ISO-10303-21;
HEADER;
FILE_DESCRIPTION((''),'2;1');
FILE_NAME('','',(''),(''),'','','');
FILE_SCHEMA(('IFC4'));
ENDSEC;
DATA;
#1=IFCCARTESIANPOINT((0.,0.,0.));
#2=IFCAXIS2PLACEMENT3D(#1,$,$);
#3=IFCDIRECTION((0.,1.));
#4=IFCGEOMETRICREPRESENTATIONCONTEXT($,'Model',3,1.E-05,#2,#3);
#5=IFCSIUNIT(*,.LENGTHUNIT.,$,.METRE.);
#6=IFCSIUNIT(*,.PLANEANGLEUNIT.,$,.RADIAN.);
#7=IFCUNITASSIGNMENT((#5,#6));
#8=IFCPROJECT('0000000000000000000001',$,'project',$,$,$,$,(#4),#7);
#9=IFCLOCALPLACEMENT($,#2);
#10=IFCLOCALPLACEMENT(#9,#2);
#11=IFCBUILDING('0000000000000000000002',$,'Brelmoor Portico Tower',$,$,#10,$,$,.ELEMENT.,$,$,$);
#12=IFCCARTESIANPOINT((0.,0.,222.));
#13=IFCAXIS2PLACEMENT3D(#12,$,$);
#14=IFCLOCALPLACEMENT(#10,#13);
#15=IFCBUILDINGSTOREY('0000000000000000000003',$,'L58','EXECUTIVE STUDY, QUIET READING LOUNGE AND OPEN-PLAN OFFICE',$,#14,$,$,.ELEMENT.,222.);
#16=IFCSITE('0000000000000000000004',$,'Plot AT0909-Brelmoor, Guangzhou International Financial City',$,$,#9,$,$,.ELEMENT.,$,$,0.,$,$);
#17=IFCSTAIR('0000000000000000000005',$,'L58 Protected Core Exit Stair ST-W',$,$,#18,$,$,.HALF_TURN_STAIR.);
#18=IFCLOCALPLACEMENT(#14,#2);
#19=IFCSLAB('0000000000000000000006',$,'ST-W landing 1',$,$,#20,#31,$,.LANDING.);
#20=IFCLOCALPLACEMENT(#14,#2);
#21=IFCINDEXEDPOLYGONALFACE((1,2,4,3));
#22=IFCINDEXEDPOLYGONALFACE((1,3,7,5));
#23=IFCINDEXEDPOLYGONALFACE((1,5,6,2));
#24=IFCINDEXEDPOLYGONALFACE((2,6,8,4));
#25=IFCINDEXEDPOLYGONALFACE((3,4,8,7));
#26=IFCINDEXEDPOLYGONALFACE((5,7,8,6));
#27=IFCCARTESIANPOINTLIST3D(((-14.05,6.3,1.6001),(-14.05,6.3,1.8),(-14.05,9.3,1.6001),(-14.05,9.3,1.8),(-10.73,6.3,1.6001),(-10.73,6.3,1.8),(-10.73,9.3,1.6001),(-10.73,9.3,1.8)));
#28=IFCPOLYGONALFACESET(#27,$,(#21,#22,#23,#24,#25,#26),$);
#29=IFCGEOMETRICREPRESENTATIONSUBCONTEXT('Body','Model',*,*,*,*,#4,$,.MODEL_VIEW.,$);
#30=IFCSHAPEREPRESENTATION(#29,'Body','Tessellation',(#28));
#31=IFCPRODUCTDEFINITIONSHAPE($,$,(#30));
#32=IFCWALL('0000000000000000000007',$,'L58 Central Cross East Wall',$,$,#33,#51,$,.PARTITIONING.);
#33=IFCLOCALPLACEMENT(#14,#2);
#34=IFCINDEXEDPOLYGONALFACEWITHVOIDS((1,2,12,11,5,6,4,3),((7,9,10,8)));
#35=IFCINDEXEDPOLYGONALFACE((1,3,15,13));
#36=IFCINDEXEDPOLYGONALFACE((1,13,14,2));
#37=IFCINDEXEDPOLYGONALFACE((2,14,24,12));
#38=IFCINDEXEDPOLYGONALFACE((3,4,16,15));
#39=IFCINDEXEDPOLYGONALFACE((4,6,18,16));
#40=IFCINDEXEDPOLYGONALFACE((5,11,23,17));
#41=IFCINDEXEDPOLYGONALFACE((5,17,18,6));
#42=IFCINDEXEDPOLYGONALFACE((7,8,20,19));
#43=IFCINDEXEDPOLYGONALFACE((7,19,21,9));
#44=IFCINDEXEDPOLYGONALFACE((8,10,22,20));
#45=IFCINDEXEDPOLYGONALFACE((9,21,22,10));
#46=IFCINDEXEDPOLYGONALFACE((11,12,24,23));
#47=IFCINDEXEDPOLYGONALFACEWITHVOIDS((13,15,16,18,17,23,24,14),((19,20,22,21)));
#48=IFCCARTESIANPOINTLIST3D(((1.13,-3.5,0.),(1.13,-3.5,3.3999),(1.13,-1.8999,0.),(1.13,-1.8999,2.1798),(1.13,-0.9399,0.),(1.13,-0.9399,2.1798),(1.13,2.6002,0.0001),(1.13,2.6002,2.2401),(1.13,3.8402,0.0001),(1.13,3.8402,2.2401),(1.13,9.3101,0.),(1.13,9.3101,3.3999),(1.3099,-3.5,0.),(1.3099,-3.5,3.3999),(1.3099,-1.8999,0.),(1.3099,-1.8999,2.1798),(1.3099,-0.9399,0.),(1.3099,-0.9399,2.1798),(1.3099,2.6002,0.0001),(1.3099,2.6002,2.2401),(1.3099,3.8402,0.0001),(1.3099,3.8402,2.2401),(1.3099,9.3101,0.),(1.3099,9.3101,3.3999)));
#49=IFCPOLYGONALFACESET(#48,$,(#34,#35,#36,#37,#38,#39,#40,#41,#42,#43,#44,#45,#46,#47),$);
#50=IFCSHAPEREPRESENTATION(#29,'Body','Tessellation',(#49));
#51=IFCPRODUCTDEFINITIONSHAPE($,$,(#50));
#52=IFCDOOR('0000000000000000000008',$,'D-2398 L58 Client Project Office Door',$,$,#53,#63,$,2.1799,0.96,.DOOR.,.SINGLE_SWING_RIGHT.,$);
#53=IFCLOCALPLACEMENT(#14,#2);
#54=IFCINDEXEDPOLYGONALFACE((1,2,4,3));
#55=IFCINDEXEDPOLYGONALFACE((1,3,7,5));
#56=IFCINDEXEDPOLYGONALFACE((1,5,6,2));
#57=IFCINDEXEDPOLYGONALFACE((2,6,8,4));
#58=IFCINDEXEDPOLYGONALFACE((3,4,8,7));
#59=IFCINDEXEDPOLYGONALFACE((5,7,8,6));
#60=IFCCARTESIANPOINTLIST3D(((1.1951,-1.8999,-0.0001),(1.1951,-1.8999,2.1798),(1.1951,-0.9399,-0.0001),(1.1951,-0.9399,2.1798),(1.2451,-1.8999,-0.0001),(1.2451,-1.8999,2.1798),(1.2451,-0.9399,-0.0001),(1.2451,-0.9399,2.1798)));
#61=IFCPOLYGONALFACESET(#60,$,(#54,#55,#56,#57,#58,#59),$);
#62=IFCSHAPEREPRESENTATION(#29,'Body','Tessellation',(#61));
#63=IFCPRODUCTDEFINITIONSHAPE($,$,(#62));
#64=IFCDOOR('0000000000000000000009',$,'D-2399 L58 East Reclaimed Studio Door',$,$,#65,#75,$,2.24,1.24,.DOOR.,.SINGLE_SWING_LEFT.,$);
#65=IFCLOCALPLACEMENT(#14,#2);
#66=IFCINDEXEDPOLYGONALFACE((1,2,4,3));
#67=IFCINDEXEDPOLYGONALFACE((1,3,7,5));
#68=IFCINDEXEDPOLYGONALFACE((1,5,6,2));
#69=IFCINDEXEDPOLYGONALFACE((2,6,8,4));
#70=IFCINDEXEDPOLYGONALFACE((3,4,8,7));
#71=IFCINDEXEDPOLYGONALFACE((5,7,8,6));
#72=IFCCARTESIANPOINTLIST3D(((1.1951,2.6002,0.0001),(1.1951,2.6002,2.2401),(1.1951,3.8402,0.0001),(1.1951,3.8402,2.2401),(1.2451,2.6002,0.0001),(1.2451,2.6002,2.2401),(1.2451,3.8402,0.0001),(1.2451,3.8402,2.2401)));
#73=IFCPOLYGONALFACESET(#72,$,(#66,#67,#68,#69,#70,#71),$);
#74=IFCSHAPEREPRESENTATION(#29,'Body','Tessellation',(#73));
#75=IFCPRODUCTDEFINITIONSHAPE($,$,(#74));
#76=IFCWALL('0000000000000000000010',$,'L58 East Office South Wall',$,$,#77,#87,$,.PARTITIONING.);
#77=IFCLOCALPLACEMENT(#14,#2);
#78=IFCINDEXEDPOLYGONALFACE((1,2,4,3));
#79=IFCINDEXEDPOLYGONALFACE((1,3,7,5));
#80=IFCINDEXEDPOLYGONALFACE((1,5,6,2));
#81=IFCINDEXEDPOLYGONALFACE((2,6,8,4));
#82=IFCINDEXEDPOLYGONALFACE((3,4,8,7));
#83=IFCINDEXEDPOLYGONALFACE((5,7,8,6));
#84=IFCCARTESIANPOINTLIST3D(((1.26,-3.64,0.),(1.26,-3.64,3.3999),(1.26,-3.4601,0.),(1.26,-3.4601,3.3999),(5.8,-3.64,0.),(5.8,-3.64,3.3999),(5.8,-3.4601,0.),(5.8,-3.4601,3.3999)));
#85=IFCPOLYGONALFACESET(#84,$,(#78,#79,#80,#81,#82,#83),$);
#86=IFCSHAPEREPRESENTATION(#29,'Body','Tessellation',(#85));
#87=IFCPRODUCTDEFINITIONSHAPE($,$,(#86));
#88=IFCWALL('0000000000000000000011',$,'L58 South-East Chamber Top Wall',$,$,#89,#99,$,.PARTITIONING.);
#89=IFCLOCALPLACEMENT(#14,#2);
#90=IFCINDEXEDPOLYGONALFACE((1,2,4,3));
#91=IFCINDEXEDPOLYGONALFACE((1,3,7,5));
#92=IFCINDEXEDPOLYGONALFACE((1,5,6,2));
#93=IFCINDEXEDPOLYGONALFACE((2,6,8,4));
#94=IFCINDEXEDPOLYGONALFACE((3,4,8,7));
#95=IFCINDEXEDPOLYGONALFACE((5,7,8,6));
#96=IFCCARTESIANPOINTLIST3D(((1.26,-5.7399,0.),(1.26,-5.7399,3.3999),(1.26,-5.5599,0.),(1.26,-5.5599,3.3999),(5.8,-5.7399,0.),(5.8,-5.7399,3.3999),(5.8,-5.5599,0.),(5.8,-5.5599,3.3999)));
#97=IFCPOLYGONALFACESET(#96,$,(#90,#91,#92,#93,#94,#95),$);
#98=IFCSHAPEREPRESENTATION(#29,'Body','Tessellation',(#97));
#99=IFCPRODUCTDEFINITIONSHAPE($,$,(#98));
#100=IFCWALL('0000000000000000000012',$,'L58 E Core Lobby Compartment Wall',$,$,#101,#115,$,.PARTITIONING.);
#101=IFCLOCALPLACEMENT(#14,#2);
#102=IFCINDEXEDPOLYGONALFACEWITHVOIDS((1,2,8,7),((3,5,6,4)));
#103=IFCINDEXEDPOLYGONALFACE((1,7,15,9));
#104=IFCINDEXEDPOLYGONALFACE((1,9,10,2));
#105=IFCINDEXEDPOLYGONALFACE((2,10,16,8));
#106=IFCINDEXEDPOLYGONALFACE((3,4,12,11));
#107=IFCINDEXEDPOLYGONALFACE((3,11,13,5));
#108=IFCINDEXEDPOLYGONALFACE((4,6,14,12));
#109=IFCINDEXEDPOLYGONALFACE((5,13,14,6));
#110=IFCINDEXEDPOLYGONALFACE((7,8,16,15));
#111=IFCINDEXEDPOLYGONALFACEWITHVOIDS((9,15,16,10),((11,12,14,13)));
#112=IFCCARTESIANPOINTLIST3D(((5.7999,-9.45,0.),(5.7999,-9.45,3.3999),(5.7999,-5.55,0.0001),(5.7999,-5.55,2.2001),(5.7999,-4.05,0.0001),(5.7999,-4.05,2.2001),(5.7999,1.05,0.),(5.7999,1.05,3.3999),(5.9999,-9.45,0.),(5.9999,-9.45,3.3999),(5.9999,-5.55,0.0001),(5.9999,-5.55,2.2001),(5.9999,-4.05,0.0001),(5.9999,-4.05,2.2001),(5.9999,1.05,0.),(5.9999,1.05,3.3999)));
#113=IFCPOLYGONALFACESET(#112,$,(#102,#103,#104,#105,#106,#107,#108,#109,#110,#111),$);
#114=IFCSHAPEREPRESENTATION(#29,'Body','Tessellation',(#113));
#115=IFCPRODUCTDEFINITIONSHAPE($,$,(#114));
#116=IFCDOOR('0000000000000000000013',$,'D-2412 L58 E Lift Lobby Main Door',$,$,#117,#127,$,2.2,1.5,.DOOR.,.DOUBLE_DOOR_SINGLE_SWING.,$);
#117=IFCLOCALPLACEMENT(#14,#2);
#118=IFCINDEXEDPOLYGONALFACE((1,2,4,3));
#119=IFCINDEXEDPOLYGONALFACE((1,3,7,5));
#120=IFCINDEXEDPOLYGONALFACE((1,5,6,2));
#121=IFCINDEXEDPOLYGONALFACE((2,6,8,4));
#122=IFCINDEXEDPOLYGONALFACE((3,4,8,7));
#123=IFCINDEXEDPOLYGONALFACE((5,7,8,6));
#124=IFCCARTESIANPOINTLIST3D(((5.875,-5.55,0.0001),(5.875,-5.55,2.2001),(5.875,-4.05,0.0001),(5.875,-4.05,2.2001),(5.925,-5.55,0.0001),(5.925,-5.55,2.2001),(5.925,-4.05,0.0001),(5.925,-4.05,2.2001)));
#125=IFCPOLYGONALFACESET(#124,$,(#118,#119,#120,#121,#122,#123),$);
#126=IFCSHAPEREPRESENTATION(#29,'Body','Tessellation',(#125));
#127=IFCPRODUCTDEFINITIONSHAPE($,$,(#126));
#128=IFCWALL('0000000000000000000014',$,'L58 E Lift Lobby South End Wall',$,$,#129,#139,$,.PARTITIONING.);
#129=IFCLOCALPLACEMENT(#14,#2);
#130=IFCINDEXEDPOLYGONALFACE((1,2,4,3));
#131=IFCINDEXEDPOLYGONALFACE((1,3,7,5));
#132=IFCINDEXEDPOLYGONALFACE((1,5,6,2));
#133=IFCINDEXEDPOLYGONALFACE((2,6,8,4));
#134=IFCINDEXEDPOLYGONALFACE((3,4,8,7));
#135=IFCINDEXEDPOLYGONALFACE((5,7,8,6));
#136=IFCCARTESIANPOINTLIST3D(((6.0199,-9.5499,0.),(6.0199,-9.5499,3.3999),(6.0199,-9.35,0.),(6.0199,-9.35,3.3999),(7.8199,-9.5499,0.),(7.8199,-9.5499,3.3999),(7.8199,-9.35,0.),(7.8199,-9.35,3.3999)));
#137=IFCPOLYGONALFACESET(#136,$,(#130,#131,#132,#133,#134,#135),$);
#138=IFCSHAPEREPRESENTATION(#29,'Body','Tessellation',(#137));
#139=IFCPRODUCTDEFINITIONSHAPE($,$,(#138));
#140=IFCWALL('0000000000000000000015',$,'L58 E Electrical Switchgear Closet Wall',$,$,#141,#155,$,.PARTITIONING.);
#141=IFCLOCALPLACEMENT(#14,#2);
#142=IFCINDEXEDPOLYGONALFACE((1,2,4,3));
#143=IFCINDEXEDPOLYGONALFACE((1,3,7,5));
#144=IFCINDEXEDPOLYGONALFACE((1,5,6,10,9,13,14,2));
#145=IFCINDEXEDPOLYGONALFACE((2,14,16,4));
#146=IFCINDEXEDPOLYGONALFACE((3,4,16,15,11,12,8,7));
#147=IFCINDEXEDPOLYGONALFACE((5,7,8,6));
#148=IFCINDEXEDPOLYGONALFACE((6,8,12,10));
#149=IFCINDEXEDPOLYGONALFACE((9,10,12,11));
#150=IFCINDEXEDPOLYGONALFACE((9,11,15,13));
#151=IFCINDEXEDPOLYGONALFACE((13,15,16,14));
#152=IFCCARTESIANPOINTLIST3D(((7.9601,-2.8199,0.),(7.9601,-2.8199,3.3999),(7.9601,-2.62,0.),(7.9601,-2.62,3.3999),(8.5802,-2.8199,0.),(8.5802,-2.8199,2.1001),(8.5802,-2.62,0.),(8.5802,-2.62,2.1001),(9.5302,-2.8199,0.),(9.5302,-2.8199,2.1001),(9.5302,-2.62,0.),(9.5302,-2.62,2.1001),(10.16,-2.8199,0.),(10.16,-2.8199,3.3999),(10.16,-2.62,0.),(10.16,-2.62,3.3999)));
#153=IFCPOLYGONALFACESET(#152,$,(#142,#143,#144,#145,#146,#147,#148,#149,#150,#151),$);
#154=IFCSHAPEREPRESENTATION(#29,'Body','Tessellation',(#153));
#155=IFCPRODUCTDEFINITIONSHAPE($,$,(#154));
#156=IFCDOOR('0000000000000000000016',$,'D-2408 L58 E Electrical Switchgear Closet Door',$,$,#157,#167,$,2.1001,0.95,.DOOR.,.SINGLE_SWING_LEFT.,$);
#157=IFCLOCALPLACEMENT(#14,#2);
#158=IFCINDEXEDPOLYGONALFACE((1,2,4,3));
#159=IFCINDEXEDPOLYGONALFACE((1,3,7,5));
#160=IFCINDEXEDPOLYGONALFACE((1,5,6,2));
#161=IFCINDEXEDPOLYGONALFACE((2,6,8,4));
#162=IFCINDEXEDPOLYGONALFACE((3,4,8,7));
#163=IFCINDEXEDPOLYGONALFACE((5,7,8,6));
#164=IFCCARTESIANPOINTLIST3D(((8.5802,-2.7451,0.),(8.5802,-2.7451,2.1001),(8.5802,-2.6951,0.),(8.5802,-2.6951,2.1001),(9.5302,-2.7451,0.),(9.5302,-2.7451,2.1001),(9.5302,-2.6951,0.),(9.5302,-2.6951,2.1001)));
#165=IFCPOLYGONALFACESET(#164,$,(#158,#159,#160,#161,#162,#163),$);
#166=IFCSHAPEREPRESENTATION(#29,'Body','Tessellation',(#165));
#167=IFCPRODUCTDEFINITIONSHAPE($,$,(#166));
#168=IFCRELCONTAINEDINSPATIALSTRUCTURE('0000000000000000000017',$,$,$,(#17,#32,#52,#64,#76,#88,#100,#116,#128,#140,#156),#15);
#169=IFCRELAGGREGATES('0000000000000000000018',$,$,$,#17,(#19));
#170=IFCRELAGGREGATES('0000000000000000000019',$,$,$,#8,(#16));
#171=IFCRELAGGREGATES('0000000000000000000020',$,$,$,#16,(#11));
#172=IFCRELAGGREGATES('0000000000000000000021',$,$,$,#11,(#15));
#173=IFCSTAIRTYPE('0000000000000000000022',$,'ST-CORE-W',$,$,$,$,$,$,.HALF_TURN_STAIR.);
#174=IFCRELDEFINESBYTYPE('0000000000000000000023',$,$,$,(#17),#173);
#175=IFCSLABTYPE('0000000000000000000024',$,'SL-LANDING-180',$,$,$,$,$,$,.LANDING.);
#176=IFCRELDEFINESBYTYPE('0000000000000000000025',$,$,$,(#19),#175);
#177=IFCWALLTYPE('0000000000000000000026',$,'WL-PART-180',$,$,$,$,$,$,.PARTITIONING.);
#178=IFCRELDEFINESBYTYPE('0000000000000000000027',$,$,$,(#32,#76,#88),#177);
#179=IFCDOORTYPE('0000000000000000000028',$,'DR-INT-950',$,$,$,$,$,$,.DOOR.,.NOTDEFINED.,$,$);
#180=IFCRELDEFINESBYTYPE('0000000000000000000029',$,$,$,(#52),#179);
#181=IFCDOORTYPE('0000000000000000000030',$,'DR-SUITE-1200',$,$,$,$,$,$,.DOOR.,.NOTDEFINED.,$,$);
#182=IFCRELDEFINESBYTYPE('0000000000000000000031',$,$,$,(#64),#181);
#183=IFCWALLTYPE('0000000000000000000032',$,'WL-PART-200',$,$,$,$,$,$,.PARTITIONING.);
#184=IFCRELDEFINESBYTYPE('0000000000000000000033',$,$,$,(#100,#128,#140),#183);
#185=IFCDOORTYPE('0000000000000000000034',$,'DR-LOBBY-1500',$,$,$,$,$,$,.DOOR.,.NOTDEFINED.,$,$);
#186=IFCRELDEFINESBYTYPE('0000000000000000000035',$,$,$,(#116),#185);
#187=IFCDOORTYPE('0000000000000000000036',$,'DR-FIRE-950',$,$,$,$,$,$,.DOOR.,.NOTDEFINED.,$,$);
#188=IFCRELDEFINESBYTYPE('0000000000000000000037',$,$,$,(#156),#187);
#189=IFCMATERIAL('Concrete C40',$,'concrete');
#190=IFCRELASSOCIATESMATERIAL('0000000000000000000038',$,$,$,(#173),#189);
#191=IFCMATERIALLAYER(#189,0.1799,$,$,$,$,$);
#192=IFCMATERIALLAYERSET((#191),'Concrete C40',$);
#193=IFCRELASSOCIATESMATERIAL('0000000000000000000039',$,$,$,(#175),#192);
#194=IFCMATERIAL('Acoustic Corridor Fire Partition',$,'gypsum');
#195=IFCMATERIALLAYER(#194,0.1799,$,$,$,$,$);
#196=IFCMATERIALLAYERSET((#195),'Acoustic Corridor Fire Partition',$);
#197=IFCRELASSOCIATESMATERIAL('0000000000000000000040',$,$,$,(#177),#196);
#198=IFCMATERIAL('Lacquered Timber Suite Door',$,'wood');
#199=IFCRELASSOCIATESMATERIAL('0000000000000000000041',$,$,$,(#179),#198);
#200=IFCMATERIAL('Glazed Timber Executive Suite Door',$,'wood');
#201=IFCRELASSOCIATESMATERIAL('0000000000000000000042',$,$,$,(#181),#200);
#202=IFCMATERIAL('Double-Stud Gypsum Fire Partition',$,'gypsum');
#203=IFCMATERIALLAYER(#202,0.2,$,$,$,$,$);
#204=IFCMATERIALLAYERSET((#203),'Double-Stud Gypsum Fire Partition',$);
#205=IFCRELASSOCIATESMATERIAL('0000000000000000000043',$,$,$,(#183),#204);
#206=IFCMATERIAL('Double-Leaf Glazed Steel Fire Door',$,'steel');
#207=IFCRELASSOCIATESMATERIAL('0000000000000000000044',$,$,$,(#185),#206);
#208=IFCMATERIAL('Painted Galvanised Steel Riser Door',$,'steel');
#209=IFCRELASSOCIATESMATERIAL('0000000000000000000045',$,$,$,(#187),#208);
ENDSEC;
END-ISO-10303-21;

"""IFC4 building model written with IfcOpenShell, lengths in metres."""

from ifc_helpers import new_model, si_unit, direction, frame, frame_2d, origin, place, context, subcontext, project, spatial, polyline, rectangle, outline, extrude, material, layer, layer_set, type_object, element, fill, aggregate, save


model = new_model("IFC4")

# Units and contexts
model_context = context("Model", 3, precision=1e-05, world=origin(), true_north=direction((0.0, 1.0)))
body_context = subcontext(model_context, "Body", "Model", "MODEL_VIEW")
ifc_project = project(units=[si_unit("LENGTHUNIT", "METRE"), si_unit("PLANEANGLEUNIT", "RADIAN")], contexts=[model_context])

# Site, building, storey
site_placement = place(None, origin())
site = spatial("IfcSite", under=ifc_project, at=site_placement, Name="Plot AT0909-Brelmoor, Guangzhou International Financial City", CompositionType="ELEMENT", RefElevation=0.0)
building_placement = place(site_placement, origin())
building = spatial("IfcBuilding", under=site, at=building_placement, Name="Brelmoor Portico Tower", CompositionType="ELEMENT")
storey_placement = place(building_placement, frame((0.0, 0.0, 222.0)))
storey = spatial("IfcBuildingStorey", under=building, at=storey_placement, Name="L58", Description="EXECUTIVE STUDY, QUIET READING LOUNGE AND OPEN-PLAN OFFICE", CompositionType="ELEMENT", Elevation=222.0)

# Stair, slab
ifc_material_1 = material(Name="Concrete C40", Category="concrete")
stair_type = type_object("IfcStairType", Name="ST-CORE-W", PredefinedType="HALF_TURN_STAIR", material=ifc_material_1)
stair_placement = place(storey_placement, origin())
stair = element("IfcStair", 1, at=stair_placement, inside=storey, type_object=stair_type, Name="L58 Protected Core Exit Stair ST-W", PredefinedType="HALF_TURN_STAIR")
ifc_layer_1 = layer(ifc_material_1, 0.1799)
ifc_layer_set_1 = layer_set([ifc_layer_1], Name="Concrete C40")
slab_type = type_object("IfcSlabType", Name="SL-LANDING-180", PredefinedType="LANDING", material=ifc_layer_set_1)
slab_placement = place(storey_placement, frame((0.0, 0.0, 1.6001)))
slab = element("IfcSlab", 2, at=slab_placement, type_object=slab_type, Name="ST-W landing 1", PredefinedType="LANDING", context=body_context, shape_type="SweptSolid", body=[
    extrude(outline(polyline([(-10.73, 6.3), (-10.73, 9.3), (-14.05, 9.3), (-14.05, 6.3), (-10.73, 6.3)])), origin(), (0.0, 0.0, 1.0), 0.2),
])
aggregate(stair, [slab])

# Shared definitions
ifc_material_2 = material(Name="Lacquered Timber Suite Door", Category="wood")

# Wall, openings, doors
ifc_material_3 = material(Name="Acoustic Corridor Fire Partition", Category="gypsum")
ifc_layer_2 = layer(ifc_material_3, 0.1799)
ifc_layer_set_2 = layer_set([ifc_layer_2], Name="Acoustic Corridor Fire Partition")
wall_type_1 = type_object("IfcWallType", Name="WL-PART-180", PredefinedType="PARTITIONING", material=ifc_layer_set_2)
wall_1_placement = place(storey_placement, frame((1.22, -3.5, 0.0), z_axis=(0.0, 0.0, 1.0), x_axis=(0.0, 1.0, 0.0)))
wall_1 = element("IfcWall", 3, at=wall_1_placement, inside=storey, type_object=wall_type_1, Name="L58 Central Cross East Wall", PredefinedType="PARTITIONING", context=body_context, shape_type="SweptSolid", body=[
    extrude(rectangle(XDim=12.8101, YDim=0.1799, at=frame_2d((6.405, 0.0))), origin(), (0.0, 0.0, 1.0), 3.3999),
])
opening_1_placement = place(wall_1_placement, frame((6.1001, 0.0, 0.0)))
opening_1 = element("IfcOpeningElement", 4, at=opening_1_placement, cuts=wall_1, PredefinedType="OPENING", context=body_context, shape_type="SweptSolid", body=[
    extrude(rectangle(XDim=1.24, YDim=2.24, at=frame_2d((0.6201, 1.1201))), frame((0.0, 0.0999, 0.0), z_axis=(0.0, -1.0, 0.0), x_axis=(1.0, 0.0, 0.0)), (0.0, 0.0, 1.0), 0.2),
])
opening_2_placement = place(wall_1_placement, frame((1.6001, 0.0, 0.0)))
opening_2 = element("IfcOpeningElement", 5, at=opening_2_placement, cuts=wall_1, PredefinedType="OPENING", context=body_context, shape_type="SweptSolid", body=[
    extrude(rectangle(XDim=0.96, YDim=2.1799, at=frame_2d((0.48, 1.0898))), frame((0.0, 0.0999, 0.0), z_axis=(0.0, -1.0, 0.0), x_axis=(1.0, 0.0, 0.0)), (0.0, 0.0, 1.0), 0.2),
])
door_type_1 = type_object("IfcDoorType", Name="DR-INT-950", OperationType="NOTDEFINED", PredefinedType="DOOR", material=ifc_material_2)
door_1_placement = place(opening_2_placement, origin())
door_1 = element("IfcDoor", 6, at=door_1_placement, inside=storey, type_object=door_type_1, Name="D-2398 L58 Client Project Office Door", OperationType="SINGLE_SWING_RIGHT", OverallHeight=2.1799, OverallWidth=0.96, PredefinedType="DOOR", context=body_context, shape_type="SweptSolid", body=[
    extrude(rectangle(XDim=0.96, YDim=2.1799, at=frame_2d((0.48, 1.0898))), frame((0.0, 0.0249, 0.0), z_axis=(0.0, -1.0, 0.0), x_axis=(1.0, 0.0, 0.0)), (0.0, 0.0, 1.0), 0.05),
])
fill(opening_2, door_1)
ifc_material_4 = material(Name="Glazed Timber Executive Suite Door", Category="wood")
door_type_2 = type_object("IfcDoorType", Name="DR-SUITE-1200", OperationType="NOTDEFINED", PredefinedType="DOOR", material=ifc_material_4)
door_2_placement = place(opening_1_placement, origin())
door_2 = element("IfcDoor", 7, at=door_2_placement, inside=storey, type_object=door_type_2, Name="D-2399 L58 East Reclaimed Studio Door", OperationType="SINGLE_SWING_LEFT", OverallHeight=2.24, OverallWidth=1.24, PredefinedType="DOOR", context=body_context, shape_type="SweptSolid", body=[
    extrude(rectangle(XDim=1.24, YDim=2.24, at=frame_2d((0.6201, 1.1201))), frame((0.0, 0.0249, 0.0), z_axis=(0.0, -1.0, 0.0), x_axis=(1.0, 0.0, 0.0)), (0.0, 0.0, 1.0), 0.05),
])
fill(opening_1, door_2)

# Walls
for number, where, z_axis, x_axis, name in (
    (8, (1.26, -3.55, 0.0), (0.0, 0.0, 1.0), (1.0, 0.0, 0.0), "L58 East Office South Wall"),
    (9, (1.26, -5.6499, 0.0), (0.0, 0.0, 1.0), (1.0, 0.0, 0.0), "L58 South-East Chamber Top Wall"),
):
    element("IfcWall", number, at=place(storey_placement, frame(where, z_axis=z_axis, x_axis=x_axis)), inside=storey, type_object=wall_type_1, Name=name, PredefinedType="PARTITIONING", context=body_context, shape_type="SweptSolid", body=[
        extrude(rectangle(XDim=4.54, YDim=0.1799, at=frame_2d((2.27, 0.0))), origin(), (0.0, 0.0, 1.0), 3.3999),
    ])

# Wall, opening, door
ifc_material_5 = material(Name="Double-Stud Gypsum Fire Partition", Category="gypsum")
ifc_layer_3 = layer(ifc_material_5, 0.2)
ifc_layer_set_3 = layer_set([ifc_layer_3], Name="Double-Stud Gypsum Fire Partition")
wall_type_2 = type_object("IfcWallType", Name="WL-PART-200", PredefinedType="PARTITIONING", material=ifc_layer_set_3)
wall_2_placement = place(storey_placement, frame((5.8999, -9.45, 0.0), z_axis=(0.0, 0.0, 1.0), x_axis=(0.0, 1.0, 0.0)))
wall_2 = element("IfcWall", 10, at=wall_2_placement, inside=storey, type_object=wall_type_2, Name="L58 E Core Lobby Compartment Wall", PredefinedType="PARTITIONING", context=body_context, shape_type="SweptSolid", body=[
    extrude(rectangle(XDim=10.5, YDim=0.2, at=frame_2d((5.25, 0.0))), origin(), (0.0, 0.0, 1.0), 3.3999),
])
opening_3_placement = place(wall_2_placement, frame((3.8999, 0.0, 0.0)))
opening_3 = element("IfcOpeningElement", 11, at=opening_3_placement, cuts=wall_2, PredefinedType="OPENING", context=body_context, shape_type="SweptSolid", body=[
    extrude(rectangle(XDim=1.5, YDim=2.2, at=frame_2d((0.75, 1.1001))), frame((0.0, 0.1099, 0.0), z_axis=(0.0, -1.0, 0.0), x_axis=(1.0, 0.0, 0.0)), (0.0, 0.0, 1.0), 0.22),
])
ifc_material_6 = material(Name="Double-Leaf Glazed Steel Fire Door", Category="steel")
door_type_3 = type_object("IfcDoorType", Name="DR-LOBBY-1500", OperationType="NOTDEFINED", PredefinedType="DOOR", material=ifc_material_6)
door_3_placement = place(opening_3_placement, origin())
door_3 = element("IfcDoor", 12, at=door_3_placement, inside=storey, type_object=door_type_3, Name="D-2412 L58 E Lift Lobby Main Door", OperationType="DOUBLE_DOOR_SINGLE_SWING", OverallHeight=2.2, OverallWidth=1.5, PredefinedType="DOOR", context=body_context, shape_type="SweptSolid", body=[
    extrude(rectangle(XDim=1.5, YDim=2.2, at=frame_2d((0.75, 1.1001))), frame((0.0, 0.0249, 0.0), z_axis=(0.0, -1.0, 0.0), x_axis=(1.0, 0.0, 0.0)), (0.0, 0.0, 1.0), 0.05),
])
fill(opening_3, door_3)

# Wall
wall_3_placement = place(storey_placement, frame((6.02, -9.45, 0.0), z_axis=(0.0, 0.0, 1.0), x_axis=(1.0, 0.0, 0.0)))
element("IfcWall", 13, at=wall_3_placement, inside=storey, type_object=wall_type_2, Name="L58 E Lift Lobby South End Wall", PredefinedType="PARTITIONING", context=body_context, shape_type="SweptSolid", body=[
    extrude(rectangle(XDim=1.8, YDim=0.2, at=frame_2d((0.8999, 0.0))), origin(), (0.0, 0.0, 1.0), 3.3999),
])

# Wall, opening, door
wall_4_placement = place(storey_placement, frame((7.96, -2.72, 0.0), z_axis=(0.0, 0.0, 1.0), x_axis=(1.0, 0.0, 0.0)))
wall_4 = element("IfcWall", 14, at=wall_4_placement, inside=storey, type_object=wall_type_2, Name="L58 E Electrical Switchgear Closet Wall", PredefinedType="PARTITIONING", context=body_context, shape_type="SweptSolid", body=[
    extrude(rectangle(XDim=2.2, YDim=0.2, at=frame_2d((1.1001, 0.0))), origin(), (0.0, 0.0, 1.0), 3.3999),
])
opening_4_placement = place(wall_4_placement, frame((0.6201, 0.0, 0.0)))
opening_4 = element("IfcOpeningElement", 15, at=opening_4_placement, cuts=wall_4, PredefinedType="OPENING", context=body_context, shape_type="SweptSolid", body=[
    extrude(rectangle(XDim=0.95, YDim=2.1001, at=frame_2d((0.4751, 1.05))), frame((0.0, 0.1099, 0.0), z_axis=(0.0, -1.0, 0.0), x_axis=(1.0, 0.0, 0.0)), (0.0, 0.0, 1.0), 0.22),
])
ifc_material_7 = material(Name="Painted Galvanised Steel Riser Door", Category="steel")
door_type_4 = type_object("IfcDoorType", Name="DR-FIRE-950", OperationType="NOTDEFINED", PredefinedType="DOOR", material=ifc_material_7)
door_4_placement = place(opening_4_placement, origin())
door_4 = element("IfcDoor", 16, at=door_4_placement, inside=storey, type_object=door_type_4, Name="D-2408 L58 E Electrical Switchgear Closet Door", OperationType="SINGLE_SWING_LEFT", OverallHeight=2.1001, OverallWidth=0.95, PredefinedType="DOOR", context=body_context, shape_type="SweptSolid", body=[
    extrude(rectangle(XDim=0.95, YDim=2.1001, at=frame_2d((0.4751, 1.05))), frame((0.0, 0.0249, 0.0), z_axis=(0.0, -1.0, 0.0), x_axis=(1.0, 0.0, 0.0)), (0.0, 0.0, 1.0), 0.05),
])
fill(opening_4, door_4)

save(model, "model.ifc")
